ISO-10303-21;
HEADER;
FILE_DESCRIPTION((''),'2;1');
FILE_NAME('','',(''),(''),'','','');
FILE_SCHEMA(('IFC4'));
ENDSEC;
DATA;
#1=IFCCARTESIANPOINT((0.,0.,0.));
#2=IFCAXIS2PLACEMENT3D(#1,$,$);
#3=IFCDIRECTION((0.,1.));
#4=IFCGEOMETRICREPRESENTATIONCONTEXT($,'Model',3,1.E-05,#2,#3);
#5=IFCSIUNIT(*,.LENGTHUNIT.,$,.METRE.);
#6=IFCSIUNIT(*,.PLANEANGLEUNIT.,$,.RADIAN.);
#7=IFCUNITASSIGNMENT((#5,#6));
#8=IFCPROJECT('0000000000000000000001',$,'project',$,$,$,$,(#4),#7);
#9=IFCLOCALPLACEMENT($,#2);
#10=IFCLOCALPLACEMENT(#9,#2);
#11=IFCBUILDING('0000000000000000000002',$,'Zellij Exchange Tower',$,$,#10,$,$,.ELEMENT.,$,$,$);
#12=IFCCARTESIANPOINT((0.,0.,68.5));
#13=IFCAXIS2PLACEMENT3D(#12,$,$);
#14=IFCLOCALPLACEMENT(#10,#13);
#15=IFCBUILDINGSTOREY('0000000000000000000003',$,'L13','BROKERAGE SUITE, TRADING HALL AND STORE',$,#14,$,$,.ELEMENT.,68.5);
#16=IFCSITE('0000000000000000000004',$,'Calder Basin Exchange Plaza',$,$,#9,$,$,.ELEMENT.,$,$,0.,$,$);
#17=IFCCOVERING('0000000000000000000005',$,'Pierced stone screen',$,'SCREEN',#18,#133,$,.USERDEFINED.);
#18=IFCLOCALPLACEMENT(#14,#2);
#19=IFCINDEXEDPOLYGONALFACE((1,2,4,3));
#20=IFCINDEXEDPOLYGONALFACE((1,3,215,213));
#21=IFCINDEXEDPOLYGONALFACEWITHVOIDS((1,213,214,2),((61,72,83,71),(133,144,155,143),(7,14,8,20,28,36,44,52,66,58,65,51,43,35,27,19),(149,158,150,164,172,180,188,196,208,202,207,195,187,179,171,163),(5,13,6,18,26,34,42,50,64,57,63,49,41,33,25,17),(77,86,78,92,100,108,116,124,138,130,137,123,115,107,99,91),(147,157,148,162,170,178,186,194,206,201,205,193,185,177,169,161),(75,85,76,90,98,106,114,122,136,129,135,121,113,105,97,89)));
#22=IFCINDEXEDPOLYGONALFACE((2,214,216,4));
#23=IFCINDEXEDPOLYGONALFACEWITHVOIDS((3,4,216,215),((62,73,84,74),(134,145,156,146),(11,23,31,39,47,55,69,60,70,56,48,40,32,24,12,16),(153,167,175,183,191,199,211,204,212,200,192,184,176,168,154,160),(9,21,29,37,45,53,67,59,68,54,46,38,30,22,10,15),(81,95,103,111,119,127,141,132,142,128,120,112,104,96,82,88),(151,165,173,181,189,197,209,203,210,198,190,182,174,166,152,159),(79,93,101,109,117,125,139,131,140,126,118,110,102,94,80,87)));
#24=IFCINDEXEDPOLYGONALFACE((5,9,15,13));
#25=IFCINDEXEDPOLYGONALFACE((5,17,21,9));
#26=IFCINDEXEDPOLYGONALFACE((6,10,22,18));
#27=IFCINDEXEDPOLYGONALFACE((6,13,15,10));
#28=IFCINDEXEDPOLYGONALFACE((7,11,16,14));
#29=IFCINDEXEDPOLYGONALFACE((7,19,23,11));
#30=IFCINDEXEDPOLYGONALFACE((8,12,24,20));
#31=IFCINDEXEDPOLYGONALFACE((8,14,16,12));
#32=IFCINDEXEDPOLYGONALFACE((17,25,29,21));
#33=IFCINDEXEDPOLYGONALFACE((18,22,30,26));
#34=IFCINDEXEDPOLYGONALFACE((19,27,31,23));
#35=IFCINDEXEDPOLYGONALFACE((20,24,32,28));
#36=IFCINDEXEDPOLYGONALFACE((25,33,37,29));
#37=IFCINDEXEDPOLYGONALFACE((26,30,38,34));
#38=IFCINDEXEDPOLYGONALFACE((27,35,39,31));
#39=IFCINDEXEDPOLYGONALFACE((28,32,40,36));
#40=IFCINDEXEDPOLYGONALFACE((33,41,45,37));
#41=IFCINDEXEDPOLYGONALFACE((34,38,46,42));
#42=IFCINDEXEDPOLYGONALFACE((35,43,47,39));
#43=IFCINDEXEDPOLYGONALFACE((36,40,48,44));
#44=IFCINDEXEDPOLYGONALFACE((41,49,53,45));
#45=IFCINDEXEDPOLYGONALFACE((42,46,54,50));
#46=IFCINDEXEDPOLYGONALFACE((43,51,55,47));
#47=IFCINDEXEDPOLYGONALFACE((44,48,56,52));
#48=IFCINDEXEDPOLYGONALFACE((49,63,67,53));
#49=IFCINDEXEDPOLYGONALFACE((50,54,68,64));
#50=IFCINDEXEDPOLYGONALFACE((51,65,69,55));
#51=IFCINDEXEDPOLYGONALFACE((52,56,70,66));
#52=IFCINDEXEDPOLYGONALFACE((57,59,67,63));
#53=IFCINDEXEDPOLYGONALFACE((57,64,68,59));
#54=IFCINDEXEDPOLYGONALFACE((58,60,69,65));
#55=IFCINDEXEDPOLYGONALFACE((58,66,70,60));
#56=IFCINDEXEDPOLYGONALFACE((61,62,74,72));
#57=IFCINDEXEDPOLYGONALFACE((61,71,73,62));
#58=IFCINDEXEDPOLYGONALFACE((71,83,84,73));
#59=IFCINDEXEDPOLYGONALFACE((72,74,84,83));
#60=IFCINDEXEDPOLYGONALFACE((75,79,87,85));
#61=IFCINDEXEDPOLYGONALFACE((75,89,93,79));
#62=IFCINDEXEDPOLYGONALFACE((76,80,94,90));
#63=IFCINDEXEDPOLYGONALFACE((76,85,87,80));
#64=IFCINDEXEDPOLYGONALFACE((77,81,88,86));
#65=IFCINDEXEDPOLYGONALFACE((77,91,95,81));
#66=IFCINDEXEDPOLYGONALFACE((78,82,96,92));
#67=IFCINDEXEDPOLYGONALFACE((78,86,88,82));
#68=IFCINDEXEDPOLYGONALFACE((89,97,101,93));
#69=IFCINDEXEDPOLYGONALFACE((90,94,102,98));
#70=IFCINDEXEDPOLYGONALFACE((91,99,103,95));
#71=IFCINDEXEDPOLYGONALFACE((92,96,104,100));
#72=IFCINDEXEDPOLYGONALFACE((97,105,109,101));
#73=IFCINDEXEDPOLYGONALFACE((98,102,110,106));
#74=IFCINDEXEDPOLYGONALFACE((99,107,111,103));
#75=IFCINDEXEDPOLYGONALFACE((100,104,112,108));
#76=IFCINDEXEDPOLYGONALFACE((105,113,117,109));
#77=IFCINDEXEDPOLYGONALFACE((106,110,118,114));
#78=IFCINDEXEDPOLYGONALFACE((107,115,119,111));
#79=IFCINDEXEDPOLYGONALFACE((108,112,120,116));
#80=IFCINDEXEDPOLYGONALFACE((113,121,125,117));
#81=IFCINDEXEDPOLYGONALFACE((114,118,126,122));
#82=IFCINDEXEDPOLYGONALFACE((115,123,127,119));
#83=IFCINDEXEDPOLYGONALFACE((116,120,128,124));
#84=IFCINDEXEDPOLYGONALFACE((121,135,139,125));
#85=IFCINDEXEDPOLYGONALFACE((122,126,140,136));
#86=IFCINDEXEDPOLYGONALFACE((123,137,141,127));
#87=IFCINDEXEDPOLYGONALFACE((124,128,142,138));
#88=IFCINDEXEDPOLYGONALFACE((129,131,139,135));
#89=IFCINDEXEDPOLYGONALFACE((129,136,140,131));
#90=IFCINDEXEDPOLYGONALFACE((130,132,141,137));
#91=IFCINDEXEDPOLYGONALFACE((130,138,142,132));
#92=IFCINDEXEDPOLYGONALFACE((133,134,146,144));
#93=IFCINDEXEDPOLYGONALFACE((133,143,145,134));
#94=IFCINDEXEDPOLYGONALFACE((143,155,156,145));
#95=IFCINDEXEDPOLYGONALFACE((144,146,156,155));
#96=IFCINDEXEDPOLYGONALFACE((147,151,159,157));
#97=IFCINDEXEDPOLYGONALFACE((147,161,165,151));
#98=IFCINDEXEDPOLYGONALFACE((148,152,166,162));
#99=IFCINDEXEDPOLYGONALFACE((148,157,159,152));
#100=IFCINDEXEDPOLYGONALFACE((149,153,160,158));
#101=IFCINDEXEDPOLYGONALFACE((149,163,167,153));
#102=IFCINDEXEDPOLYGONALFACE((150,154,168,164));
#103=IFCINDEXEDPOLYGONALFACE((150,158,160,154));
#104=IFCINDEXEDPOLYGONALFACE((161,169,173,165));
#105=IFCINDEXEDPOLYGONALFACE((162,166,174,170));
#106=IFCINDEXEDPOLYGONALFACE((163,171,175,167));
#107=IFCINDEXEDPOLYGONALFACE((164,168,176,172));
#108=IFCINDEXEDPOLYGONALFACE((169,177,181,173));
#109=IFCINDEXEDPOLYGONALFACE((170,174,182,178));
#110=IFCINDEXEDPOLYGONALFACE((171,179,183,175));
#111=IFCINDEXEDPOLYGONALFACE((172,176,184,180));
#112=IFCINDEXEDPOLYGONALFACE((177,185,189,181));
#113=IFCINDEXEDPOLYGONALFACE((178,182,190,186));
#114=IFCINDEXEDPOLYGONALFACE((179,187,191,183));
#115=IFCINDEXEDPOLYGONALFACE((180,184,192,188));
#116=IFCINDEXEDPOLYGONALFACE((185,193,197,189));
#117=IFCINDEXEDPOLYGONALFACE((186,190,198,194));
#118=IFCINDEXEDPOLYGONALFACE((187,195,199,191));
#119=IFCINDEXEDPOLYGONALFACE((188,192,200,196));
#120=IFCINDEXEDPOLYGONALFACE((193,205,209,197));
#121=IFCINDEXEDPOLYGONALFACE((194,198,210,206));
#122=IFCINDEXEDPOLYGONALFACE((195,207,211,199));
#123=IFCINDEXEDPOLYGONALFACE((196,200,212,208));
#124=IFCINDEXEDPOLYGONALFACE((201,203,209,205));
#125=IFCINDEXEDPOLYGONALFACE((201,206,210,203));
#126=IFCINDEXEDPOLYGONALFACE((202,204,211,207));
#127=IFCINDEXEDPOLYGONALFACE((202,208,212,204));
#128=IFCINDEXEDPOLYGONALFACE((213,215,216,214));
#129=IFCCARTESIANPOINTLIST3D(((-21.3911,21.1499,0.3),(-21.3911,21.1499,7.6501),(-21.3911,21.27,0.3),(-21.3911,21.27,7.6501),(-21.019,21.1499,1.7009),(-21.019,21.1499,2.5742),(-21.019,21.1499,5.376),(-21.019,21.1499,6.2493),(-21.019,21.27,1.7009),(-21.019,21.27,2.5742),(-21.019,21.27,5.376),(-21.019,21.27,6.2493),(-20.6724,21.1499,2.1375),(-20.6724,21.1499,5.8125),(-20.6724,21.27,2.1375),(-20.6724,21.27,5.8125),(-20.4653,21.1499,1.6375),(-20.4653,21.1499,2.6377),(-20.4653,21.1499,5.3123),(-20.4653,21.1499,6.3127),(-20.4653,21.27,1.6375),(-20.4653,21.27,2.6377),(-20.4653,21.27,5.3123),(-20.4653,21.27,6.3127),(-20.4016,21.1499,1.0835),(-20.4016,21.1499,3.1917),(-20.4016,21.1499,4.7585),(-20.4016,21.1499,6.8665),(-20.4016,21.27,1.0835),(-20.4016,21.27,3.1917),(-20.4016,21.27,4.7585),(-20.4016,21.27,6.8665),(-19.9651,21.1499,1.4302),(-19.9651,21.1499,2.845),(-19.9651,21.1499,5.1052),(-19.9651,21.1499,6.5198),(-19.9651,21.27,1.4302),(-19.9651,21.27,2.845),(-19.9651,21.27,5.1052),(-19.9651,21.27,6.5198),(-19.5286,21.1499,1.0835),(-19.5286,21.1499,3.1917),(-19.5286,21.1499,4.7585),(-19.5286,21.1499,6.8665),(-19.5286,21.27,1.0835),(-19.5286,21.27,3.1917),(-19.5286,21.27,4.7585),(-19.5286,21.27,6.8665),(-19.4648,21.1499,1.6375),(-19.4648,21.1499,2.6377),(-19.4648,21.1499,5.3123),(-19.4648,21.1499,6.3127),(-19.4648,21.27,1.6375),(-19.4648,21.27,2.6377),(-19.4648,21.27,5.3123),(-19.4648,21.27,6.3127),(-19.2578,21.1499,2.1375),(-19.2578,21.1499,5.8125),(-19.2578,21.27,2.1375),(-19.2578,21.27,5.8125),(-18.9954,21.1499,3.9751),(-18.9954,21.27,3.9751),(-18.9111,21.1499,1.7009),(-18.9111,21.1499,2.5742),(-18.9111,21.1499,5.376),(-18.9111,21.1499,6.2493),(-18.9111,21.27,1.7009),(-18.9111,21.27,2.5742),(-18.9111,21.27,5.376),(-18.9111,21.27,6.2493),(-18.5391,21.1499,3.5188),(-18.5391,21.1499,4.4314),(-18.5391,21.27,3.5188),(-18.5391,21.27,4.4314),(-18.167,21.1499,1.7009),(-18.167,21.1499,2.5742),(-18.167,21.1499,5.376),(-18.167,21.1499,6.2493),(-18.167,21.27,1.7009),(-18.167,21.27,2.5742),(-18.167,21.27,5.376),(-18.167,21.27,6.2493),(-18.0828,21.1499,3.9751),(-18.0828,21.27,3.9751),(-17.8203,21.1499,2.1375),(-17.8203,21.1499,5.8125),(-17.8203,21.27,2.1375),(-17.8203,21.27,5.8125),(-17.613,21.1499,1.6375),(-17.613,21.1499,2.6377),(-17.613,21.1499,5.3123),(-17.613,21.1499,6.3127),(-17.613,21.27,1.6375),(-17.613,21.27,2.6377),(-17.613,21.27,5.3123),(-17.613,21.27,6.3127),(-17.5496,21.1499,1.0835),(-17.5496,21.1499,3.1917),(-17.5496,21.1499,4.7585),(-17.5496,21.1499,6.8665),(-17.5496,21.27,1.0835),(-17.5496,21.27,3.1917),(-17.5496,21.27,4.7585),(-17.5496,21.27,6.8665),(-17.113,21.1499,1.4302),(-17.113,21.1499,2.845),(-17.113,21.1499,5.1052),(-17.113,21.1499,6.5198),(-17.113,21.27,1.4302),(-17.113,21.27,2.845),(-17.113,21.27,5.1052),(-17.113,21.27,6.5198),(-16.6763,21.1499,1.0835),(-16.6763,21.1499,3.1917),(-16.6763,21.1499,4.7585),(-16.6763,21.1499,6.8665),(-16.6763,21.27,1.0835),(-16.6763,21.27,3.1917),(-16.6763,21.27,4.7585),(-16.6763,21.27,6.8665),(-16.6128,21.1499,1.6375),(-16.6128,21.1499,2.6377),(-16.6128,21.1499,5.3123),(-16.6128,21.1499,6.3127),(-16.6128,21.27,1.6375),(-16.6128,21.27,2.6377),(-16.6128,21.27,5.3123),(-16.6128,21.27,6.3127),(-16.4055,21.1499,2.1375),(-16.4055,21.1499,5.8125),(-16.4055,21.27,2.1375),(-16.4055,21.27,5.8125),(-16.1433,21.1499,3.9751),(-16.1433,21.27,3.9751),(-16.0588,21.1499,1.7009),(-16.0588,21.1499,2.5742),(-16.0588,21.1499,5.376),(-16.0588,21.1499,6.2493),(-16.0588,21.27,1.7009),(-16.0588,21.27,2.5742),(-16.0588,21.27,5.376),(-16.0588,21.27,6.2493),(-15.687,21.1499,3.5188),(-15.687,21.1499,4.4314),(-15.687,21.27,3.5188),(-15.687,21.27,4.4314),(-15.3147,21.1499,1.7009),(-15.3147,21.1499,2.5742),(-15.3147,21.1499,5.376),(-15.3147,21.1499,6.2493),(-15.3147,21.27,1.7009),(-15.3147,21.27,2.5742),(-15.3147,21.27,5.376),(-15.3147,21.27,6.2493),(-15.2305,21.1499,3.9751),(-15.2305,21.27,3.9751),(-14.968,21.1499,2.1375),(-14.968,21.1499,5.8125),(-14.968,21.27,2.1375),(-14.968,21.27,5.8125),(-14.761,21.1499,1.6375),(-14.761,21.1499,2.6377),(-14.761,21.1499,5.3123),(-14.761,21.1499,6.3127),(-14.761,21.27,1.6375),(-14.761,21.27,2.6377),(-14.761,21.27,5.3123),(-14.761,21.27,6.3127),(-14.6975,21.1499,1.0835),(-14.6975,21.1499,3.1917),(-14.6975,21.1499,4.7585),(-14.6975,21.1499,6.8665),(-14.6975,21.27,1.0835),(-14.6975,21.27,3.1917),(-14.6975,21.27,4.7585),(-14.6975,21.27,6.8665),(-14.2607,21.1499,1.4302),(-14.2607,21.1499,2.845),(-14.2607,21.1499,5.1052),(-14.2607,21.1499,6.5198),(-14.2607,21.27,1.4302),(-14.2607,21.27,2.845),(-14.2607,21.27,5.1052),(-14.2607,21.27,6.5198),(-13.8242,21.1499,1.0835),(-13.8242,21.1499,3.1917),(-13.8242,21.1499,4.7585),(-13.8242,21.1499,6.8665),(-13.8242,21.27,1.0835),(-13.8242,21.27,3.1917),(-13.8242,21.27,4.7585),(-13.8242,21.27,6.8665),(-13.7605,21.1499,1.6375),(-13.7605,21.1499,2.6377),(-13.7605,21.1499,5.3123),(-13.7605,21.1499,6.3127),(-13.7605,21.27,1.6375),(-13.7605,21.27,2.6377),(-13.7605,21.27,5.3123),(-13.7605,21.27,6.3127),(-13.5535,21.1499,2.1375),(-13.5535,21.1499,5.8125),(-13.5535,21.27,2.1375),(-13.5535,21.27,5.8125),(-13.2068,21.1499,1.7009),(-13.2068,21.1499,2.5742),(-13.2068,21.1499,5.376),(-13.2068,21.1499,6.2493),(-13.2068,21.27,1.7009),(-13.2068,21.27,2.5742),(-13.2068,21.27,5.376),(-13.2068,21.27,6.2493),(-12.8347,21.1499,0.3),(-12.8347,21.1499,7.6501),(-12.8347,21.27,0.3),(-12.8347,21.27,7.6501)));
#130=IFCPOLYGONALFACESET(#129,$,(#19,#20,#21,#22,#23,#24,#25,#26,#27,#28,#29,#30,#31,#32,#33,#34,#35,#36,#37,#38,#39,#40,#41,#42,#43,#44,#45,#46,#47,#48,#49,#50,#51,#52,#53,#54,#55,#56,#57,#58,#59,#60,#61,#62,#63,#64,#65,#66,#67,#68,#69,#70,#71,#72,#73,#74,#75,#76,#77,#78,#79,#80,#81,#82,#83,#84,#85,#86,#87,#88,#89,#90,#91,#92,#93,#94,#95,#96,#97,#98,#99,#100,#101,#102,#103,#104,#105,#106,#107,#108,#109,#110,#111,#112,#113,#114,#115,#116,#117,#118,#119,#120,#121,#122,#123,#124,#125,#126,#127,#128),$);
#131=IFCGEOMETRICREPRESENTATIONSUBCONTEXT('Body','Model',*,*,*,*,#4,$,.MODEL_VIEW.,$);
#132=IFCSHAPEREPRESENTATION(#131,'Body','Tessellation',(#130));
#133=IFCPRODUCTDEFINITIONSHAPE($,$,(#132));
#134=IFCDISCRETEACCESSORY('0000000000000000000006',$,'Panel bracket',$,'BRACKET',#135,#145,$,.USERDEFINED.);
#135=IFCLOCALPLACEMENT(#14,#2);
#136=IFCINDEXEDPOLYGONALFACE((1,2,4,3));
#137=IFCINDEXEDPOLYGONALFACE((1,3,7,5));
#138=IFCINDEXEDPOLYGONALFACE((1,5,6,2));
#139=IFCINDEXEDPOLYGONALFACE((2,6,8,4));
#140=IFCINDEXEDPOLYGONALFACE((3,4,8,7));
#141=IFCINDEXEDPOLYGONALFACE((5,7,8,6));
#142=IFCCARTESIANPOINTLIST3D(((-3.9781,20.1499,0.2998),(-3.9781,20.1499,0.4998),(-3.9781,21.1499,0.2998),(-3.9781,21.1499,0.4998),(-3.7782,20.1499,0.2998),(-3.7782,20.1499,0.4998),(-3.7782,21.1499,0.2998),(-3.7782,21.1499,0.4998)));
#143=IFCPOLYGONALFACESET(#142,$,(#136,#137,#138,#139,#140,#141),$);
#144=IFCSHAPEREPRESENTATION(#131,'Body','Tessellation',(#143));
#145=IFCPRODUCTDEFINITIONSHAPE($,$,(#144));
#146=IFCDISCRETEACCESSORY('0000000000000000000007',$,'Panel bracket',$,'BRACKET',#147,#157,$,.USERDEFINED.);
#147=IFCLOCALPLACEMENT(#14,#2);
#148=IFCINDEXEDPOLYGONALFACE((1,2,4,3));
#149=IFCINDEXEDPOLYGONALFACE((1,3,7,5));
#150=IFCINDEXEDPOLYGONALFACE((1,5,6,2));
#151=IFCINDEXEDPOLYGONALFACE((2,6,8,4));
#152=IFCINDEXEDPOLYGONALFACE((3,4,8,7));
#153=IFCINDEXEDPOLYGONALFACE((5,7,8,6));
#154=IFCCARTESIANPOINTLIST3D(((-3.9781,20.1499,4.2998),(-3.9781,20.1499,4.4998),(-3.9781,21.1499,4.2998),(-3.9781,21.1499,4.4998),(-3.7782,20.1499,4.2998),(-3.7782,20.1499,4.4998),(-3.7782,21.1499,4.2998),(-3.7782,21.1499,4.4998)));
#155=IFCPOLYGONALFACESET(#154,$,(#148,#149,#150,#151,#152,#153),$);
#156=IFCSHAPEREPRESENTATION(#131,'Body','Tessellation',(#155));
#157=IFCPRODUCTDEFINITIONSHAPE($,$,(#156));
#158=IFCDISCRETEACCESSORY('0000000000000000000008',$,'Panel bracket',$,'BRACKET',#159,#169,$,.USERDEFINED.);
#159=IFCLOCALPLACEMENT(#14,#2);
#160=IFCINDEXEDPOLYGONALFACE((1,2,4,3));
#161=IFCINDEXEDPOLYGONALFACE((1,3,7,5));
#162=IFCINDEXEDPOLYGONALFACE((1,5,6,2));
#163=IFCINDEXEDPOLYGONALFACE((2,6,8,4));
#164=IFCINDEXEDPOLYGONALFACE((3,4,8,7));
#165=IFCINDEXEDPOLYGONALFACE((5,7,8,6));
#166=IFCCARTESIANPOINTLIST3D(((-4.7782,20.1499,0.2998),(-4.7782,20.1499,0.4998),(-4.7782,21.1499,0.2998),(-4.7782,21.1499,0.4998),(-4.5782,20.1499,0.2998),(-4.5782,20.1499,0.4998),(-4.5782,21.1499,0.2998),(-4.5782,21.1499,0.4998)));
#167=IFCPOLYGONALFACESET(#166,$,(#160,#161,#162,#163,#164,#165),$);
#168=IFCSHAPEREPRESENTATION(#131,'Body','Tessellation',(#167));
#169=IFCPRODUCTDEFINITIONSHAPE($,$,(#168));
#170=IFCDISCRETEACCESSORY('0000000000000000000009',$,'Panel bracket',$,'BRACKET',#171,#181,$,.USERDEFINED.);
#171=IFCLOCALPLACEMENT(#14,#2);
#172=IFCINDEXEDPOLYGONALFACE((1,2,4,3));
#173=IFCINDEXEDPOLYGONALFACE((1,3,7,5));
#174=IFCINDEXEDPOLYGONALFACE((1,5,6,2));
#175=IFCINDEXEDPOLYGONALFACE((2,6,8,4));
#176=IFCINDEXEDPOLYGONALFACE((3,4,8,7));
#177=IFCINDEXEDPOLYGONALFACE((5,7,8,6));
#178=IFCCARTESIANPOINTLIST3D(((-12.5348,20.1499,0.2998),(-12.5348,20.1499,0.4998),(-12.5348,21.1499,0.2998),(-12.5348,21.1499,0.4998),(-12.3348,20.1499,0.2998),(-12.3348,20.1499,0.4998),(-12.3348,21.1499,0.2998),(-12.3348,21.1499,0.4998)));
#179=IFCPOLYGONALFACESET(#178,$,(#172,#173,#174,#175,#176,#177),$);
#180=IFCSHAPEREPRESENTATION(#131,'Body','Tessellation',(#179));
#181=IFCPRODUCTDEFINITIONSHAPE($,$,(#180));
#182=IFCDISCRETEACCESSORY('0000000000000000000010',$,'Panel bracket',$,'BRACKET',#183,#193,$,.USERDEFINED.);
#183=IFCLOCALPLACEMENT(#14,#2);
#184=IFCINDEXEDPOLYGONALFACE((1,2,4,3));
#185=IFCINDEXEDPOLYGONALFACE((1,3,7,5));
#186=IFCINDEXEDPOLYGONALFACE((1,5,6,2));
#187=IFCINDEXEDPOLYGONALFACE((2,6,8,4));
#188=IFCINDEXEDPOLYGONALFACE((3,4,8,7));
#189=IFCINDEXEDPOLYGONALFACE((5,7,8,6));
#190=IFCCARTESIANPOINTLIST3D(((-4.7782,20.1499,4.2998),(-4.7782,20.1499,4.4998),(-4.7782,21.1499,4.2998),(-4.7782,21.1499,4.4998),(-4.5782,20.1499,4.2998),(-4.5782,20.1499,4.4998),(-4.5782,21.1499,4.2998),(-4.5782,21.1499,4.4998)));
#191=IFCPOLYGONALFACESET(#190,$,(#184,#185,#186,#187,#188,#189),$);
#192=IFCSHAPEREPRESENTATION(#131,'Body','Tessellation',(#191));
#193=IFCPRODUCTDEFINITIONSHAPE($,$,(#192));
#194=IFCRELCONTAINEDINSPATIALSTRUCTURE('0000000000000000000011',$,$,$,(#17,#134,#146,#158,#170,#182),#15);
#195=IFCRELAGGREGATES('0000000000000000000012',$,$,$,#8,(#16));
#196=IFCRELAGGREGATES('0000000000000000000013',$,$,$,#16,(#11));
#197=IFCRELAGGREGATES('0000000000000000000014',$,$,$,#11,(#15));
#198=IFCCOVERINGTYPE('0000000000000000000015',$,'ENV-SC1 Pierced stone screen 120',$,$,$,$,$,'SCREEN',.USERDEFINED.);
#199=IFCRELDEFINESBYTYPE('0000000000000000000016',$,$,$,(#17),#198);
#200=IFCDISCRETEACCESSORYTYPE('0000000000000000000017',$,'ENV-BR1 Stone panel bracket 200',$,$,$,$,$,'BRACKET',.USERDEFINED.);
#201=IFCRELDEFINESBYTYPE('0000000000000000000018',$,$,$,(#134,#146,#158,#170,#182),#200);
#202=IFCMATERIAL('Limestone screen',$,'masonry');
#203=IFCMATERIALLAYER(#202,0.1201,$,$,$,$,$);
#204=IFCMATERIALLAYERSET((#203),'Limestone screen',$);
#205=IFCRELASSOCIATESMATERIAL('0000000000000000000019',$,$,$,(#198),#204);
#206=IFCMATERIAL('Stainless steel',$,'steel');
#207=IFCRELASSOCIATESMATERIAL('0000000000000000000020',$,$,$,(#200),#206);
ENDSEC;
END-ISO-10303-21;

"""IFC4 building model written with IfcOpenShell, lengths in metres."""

from ifc_helpers import new_model, si_unit, direction, frame, origin, origin_2d, place, context, subcontext, project, spatial, polyline, rectangle, outline, extrude, material, layer, layer_set, type_object, element, save


model = new_model("IFC4")

# Units and contexts
model_context = context("Model", 3, precision=1e-05, world=origin(), true_north=direction((0.0, 1.0)))
body_context = subcontext(model_context, "Body", "Model", "MODEL_VIEW")
ifc_project = project(units=[si_unit("LENGTHUNIT", "METRE"), si_unit("PLANEANGLEUNIT", "RADIAN")], contexts=[model_context])

# Site, building, storey
site_placement = place(None, origin())
site = spatial("IfcSite", under=ifc_project, at=site_placement, Name="Calder Basin Exchange Plaza", CompositionType="ELEMENT", RefElevation=0.0)
building_placement = place(site_placement, origin())
building = spatial("IfcBuilding", under=site, at=building_placement, Name="Zellij Exchange Tower", CompositionType="ELEMENT")
storey_placement = place(building_placement, frame((0.0, 0.0, 68.5)))
storey = spatial("IfcBuildingStorey", under=building, at=storey_placement, Name="L13", Description="BROKERAGE SUITE, TRADING HALL AND STORE", CompositionType="ELEMENT", Elevation=68.5)

# Covering
ifc_material_1 = material(Name="Limestone screen", Category="masonry")
ifc_layer_1 = layer(ifc_material_1, 0.1201)
ifc_layer_set_1 = layer_set([ifc_layer_1], Name="Limestone screen")
covering_type = type_object("IfcCoveringType", Name="ENV-SC1 Pierced stone screen 120", ElementType="SCREEN", PredefinedType="USERDEFINED", material=ifc_layer_set_1)
covering_1_placement = place(storey_placement, frame((-12.8347, 21.21, 0.3), z_axis=(0.0, 0.0, 1.0), x_axis=(-1.0, 0.0, 0.0)))
element("IfcCovering", 1, at=covering_1_placement, inside=storey, type_object=covering_type, Name="Pierced stone screen", ObjectType="SCREEN", PredefinedType="USERDEFINED", context=body_context, shape_type="SweptSolid", body=[
    extrude(outline(polyline([(0.0, 0.0), (8.5564, 0.0), (8.5564, 7.3501), (0.0, 7.3501), (0.0, 0.0)]), holes=[polyline([(2.48, 2.2742), (1.9263, 2.3376), (1.8628, 2.8916), (1.426, 2.5449), (0.9895, 2.8916), (0.9258, 2.3376), (0.3721, 2.2742), (0.7188, 1.8374), (0.3721, 1.4009), (0.9258, 1.3374), (0.9895, 0.7834), (1.426, 1.1301), (1.8628, 0.7834), (1.9263, 1.3374), (2.48, 1.4009), (2.1333, 1.8374), (2.48, 2.2742)]), polyline([(2.48, 5.9492), (1.9263, 6.0127), (1.8628, 6.5664), (1.426, 6.2197), (0.9895, 6.5664), (0.9258, 6.0127), (0.3721, 5.9492), (0.7188, 5.5125), (0.3721, 5.0759), (0.9258, 5.0122), (0.9895, 4.4585), (1.426, 4.8052), (1.8628, 4.4585), (1.9263, 5.0122), (2.48, 5.0759), (2.1333, 5.5125), (2.48, 5.9492)]), polyline([(5.3323, 2.2742), (4.7783, 2.3376), (4.7148, 2.8916), (4.2783, 2.5449), (3.8416, 2.8916), (3.7781, 2.3376), (3.2241, 2.2742), (3.5708, 1.8374), (3.2241, 1.4009), (3.7781, 1.3374), (3.8416, 0.7834), (4.2783, 1.1301), (4.7148, 0.7834), (4.7783, 1.3374), (5.3323, 1.4009), (4.9856, 1.8374), (5.3323, 2.2742)]), polyline([(5.3323, 5.9492), (4.7783, 6.0127), (4.7148, 6.5664), (4.2783, 6.2197), (3.8416, 6.5664), (3.7781, 6.0127), (3.2241, 5.9492), (3.5708, 5.5125), (3.2241, 5.0759), (3.7781, 5.0122), (3.8416, 4.4585), (4.2783, 4.8052), (4.7148, 4.4585), (4.7783, 5.0122), (5.3323, 5.0759), (4.9856, 5.5125), (5.3323, 5.9492)]), polyline([(8.1843, 2.2742), (7.6306, 2.3376), (7.5669, 2.8916), (7.1304, 2.5449), (6.6938, 2.8916), (6.6301, 2.3376), (6.0764, 2.2742), (6.4231, 1.8374), (6.0764, 1.4009), (6.6301, 1.3374), (6.6938, 0.7834), (7.1304, 1.1301), (7.5669, 0.7834), (7.6306, 1.3374), (8.1843, 1.4009), (7.8376, 1.8374), (8.1843, 2.2742)]), polyline([(8.1843, 5.9492), (7.6306, 6.0127), (7.5669, 6.5664), (7.1304, 6.2197), (6.6938, 6.5664), (6.6301, 6.0127), (6.0764, 5.9492), (6.4231, 5.5125), (6.0764, 5.0759), (6.6301, 5.0122), (6.6938, 4.4585), (7.1304, 4.8052), (7.5669, 4.4585), (7.6306, 5.0122), (8.1843, 5.0759), (7.8376, 5.5125), (8.1843, 5.9492)]), polyline([(3.3086, 3.675), (2.8523, 4.1313), (2.3958, 3.675), (2.8523, 3.2188), (3.3086, 3.675)]), polyline([(6.1606, 3.675), (5.7043, 4.1313), (5.248, 3.675), (5.7043, 3.2188), (6.1606, 3.675)])]), frame((0.0, 0.0601, 0.0), z_axis=(0.0, -1.0, 0.0), x_axis=(1.0, 0.0, 0.0)), (0.0, 0.0, 1.0), 0.1201),
])

# Discrete accessories
ifc_material_2 = material(Name="Stainless steel", Category="steel")
discrete_accessory_type = type_object("IfcDiscreteAccessoryType", Name="ENV-BR1 Stone panel bracket 200", ElementType="BRACKET", PredefinedType="USERDEFINED", material=ifc_material_2)
for number, where, z_axis, x_axis, name in (
    (2, (-3.8782, 20.6499, 0.2998), (0.0, 0.0, 1.0), (-1.0, 0.0, 0.0), "Panel bracket"),
    (3, (-3.8782, 20.6499, 4.2998), (0.0, 0.0, 1.0), (-1.0, 0.0, 0.0), "Panel bracket"),
    (4, (-4.6782, 20.6499, 0.2998), (0.0, 0.0, 1.0), (-1.0, 0.0, 0.0), "Panel bracket"),
    (5, (-12.4348, 20.6499, 0.2998), (0.0, 0.0, 1.0), (-1.0, 0.0, 0.0), "Panel bracket"),
    (6, (-4.6782, 20.6499, 4.2998), (0.0, 0.0, 1.0), (-1.0, 0.0, 0.0), "Panel bracket"),
):
    element("IfcDiscreteAccessory", number, at=place(storey_placement, frame(where, z_axis=z_axis, x_axis=x_axis)), inside=storey, type_object=discrete_accessory_type, Name=name, ObjectType="BRACKET", PredefinedType="USERDEFINED", context=body_context, shape_type="SweptSolid", body=[
        extrude(rectangle(XDim=0.2, YDim=1.0, at=origin_2d()), origin(), (0.0, 0.0, 1.0), 0.2),
    ])

save(model, "model.ifc")
